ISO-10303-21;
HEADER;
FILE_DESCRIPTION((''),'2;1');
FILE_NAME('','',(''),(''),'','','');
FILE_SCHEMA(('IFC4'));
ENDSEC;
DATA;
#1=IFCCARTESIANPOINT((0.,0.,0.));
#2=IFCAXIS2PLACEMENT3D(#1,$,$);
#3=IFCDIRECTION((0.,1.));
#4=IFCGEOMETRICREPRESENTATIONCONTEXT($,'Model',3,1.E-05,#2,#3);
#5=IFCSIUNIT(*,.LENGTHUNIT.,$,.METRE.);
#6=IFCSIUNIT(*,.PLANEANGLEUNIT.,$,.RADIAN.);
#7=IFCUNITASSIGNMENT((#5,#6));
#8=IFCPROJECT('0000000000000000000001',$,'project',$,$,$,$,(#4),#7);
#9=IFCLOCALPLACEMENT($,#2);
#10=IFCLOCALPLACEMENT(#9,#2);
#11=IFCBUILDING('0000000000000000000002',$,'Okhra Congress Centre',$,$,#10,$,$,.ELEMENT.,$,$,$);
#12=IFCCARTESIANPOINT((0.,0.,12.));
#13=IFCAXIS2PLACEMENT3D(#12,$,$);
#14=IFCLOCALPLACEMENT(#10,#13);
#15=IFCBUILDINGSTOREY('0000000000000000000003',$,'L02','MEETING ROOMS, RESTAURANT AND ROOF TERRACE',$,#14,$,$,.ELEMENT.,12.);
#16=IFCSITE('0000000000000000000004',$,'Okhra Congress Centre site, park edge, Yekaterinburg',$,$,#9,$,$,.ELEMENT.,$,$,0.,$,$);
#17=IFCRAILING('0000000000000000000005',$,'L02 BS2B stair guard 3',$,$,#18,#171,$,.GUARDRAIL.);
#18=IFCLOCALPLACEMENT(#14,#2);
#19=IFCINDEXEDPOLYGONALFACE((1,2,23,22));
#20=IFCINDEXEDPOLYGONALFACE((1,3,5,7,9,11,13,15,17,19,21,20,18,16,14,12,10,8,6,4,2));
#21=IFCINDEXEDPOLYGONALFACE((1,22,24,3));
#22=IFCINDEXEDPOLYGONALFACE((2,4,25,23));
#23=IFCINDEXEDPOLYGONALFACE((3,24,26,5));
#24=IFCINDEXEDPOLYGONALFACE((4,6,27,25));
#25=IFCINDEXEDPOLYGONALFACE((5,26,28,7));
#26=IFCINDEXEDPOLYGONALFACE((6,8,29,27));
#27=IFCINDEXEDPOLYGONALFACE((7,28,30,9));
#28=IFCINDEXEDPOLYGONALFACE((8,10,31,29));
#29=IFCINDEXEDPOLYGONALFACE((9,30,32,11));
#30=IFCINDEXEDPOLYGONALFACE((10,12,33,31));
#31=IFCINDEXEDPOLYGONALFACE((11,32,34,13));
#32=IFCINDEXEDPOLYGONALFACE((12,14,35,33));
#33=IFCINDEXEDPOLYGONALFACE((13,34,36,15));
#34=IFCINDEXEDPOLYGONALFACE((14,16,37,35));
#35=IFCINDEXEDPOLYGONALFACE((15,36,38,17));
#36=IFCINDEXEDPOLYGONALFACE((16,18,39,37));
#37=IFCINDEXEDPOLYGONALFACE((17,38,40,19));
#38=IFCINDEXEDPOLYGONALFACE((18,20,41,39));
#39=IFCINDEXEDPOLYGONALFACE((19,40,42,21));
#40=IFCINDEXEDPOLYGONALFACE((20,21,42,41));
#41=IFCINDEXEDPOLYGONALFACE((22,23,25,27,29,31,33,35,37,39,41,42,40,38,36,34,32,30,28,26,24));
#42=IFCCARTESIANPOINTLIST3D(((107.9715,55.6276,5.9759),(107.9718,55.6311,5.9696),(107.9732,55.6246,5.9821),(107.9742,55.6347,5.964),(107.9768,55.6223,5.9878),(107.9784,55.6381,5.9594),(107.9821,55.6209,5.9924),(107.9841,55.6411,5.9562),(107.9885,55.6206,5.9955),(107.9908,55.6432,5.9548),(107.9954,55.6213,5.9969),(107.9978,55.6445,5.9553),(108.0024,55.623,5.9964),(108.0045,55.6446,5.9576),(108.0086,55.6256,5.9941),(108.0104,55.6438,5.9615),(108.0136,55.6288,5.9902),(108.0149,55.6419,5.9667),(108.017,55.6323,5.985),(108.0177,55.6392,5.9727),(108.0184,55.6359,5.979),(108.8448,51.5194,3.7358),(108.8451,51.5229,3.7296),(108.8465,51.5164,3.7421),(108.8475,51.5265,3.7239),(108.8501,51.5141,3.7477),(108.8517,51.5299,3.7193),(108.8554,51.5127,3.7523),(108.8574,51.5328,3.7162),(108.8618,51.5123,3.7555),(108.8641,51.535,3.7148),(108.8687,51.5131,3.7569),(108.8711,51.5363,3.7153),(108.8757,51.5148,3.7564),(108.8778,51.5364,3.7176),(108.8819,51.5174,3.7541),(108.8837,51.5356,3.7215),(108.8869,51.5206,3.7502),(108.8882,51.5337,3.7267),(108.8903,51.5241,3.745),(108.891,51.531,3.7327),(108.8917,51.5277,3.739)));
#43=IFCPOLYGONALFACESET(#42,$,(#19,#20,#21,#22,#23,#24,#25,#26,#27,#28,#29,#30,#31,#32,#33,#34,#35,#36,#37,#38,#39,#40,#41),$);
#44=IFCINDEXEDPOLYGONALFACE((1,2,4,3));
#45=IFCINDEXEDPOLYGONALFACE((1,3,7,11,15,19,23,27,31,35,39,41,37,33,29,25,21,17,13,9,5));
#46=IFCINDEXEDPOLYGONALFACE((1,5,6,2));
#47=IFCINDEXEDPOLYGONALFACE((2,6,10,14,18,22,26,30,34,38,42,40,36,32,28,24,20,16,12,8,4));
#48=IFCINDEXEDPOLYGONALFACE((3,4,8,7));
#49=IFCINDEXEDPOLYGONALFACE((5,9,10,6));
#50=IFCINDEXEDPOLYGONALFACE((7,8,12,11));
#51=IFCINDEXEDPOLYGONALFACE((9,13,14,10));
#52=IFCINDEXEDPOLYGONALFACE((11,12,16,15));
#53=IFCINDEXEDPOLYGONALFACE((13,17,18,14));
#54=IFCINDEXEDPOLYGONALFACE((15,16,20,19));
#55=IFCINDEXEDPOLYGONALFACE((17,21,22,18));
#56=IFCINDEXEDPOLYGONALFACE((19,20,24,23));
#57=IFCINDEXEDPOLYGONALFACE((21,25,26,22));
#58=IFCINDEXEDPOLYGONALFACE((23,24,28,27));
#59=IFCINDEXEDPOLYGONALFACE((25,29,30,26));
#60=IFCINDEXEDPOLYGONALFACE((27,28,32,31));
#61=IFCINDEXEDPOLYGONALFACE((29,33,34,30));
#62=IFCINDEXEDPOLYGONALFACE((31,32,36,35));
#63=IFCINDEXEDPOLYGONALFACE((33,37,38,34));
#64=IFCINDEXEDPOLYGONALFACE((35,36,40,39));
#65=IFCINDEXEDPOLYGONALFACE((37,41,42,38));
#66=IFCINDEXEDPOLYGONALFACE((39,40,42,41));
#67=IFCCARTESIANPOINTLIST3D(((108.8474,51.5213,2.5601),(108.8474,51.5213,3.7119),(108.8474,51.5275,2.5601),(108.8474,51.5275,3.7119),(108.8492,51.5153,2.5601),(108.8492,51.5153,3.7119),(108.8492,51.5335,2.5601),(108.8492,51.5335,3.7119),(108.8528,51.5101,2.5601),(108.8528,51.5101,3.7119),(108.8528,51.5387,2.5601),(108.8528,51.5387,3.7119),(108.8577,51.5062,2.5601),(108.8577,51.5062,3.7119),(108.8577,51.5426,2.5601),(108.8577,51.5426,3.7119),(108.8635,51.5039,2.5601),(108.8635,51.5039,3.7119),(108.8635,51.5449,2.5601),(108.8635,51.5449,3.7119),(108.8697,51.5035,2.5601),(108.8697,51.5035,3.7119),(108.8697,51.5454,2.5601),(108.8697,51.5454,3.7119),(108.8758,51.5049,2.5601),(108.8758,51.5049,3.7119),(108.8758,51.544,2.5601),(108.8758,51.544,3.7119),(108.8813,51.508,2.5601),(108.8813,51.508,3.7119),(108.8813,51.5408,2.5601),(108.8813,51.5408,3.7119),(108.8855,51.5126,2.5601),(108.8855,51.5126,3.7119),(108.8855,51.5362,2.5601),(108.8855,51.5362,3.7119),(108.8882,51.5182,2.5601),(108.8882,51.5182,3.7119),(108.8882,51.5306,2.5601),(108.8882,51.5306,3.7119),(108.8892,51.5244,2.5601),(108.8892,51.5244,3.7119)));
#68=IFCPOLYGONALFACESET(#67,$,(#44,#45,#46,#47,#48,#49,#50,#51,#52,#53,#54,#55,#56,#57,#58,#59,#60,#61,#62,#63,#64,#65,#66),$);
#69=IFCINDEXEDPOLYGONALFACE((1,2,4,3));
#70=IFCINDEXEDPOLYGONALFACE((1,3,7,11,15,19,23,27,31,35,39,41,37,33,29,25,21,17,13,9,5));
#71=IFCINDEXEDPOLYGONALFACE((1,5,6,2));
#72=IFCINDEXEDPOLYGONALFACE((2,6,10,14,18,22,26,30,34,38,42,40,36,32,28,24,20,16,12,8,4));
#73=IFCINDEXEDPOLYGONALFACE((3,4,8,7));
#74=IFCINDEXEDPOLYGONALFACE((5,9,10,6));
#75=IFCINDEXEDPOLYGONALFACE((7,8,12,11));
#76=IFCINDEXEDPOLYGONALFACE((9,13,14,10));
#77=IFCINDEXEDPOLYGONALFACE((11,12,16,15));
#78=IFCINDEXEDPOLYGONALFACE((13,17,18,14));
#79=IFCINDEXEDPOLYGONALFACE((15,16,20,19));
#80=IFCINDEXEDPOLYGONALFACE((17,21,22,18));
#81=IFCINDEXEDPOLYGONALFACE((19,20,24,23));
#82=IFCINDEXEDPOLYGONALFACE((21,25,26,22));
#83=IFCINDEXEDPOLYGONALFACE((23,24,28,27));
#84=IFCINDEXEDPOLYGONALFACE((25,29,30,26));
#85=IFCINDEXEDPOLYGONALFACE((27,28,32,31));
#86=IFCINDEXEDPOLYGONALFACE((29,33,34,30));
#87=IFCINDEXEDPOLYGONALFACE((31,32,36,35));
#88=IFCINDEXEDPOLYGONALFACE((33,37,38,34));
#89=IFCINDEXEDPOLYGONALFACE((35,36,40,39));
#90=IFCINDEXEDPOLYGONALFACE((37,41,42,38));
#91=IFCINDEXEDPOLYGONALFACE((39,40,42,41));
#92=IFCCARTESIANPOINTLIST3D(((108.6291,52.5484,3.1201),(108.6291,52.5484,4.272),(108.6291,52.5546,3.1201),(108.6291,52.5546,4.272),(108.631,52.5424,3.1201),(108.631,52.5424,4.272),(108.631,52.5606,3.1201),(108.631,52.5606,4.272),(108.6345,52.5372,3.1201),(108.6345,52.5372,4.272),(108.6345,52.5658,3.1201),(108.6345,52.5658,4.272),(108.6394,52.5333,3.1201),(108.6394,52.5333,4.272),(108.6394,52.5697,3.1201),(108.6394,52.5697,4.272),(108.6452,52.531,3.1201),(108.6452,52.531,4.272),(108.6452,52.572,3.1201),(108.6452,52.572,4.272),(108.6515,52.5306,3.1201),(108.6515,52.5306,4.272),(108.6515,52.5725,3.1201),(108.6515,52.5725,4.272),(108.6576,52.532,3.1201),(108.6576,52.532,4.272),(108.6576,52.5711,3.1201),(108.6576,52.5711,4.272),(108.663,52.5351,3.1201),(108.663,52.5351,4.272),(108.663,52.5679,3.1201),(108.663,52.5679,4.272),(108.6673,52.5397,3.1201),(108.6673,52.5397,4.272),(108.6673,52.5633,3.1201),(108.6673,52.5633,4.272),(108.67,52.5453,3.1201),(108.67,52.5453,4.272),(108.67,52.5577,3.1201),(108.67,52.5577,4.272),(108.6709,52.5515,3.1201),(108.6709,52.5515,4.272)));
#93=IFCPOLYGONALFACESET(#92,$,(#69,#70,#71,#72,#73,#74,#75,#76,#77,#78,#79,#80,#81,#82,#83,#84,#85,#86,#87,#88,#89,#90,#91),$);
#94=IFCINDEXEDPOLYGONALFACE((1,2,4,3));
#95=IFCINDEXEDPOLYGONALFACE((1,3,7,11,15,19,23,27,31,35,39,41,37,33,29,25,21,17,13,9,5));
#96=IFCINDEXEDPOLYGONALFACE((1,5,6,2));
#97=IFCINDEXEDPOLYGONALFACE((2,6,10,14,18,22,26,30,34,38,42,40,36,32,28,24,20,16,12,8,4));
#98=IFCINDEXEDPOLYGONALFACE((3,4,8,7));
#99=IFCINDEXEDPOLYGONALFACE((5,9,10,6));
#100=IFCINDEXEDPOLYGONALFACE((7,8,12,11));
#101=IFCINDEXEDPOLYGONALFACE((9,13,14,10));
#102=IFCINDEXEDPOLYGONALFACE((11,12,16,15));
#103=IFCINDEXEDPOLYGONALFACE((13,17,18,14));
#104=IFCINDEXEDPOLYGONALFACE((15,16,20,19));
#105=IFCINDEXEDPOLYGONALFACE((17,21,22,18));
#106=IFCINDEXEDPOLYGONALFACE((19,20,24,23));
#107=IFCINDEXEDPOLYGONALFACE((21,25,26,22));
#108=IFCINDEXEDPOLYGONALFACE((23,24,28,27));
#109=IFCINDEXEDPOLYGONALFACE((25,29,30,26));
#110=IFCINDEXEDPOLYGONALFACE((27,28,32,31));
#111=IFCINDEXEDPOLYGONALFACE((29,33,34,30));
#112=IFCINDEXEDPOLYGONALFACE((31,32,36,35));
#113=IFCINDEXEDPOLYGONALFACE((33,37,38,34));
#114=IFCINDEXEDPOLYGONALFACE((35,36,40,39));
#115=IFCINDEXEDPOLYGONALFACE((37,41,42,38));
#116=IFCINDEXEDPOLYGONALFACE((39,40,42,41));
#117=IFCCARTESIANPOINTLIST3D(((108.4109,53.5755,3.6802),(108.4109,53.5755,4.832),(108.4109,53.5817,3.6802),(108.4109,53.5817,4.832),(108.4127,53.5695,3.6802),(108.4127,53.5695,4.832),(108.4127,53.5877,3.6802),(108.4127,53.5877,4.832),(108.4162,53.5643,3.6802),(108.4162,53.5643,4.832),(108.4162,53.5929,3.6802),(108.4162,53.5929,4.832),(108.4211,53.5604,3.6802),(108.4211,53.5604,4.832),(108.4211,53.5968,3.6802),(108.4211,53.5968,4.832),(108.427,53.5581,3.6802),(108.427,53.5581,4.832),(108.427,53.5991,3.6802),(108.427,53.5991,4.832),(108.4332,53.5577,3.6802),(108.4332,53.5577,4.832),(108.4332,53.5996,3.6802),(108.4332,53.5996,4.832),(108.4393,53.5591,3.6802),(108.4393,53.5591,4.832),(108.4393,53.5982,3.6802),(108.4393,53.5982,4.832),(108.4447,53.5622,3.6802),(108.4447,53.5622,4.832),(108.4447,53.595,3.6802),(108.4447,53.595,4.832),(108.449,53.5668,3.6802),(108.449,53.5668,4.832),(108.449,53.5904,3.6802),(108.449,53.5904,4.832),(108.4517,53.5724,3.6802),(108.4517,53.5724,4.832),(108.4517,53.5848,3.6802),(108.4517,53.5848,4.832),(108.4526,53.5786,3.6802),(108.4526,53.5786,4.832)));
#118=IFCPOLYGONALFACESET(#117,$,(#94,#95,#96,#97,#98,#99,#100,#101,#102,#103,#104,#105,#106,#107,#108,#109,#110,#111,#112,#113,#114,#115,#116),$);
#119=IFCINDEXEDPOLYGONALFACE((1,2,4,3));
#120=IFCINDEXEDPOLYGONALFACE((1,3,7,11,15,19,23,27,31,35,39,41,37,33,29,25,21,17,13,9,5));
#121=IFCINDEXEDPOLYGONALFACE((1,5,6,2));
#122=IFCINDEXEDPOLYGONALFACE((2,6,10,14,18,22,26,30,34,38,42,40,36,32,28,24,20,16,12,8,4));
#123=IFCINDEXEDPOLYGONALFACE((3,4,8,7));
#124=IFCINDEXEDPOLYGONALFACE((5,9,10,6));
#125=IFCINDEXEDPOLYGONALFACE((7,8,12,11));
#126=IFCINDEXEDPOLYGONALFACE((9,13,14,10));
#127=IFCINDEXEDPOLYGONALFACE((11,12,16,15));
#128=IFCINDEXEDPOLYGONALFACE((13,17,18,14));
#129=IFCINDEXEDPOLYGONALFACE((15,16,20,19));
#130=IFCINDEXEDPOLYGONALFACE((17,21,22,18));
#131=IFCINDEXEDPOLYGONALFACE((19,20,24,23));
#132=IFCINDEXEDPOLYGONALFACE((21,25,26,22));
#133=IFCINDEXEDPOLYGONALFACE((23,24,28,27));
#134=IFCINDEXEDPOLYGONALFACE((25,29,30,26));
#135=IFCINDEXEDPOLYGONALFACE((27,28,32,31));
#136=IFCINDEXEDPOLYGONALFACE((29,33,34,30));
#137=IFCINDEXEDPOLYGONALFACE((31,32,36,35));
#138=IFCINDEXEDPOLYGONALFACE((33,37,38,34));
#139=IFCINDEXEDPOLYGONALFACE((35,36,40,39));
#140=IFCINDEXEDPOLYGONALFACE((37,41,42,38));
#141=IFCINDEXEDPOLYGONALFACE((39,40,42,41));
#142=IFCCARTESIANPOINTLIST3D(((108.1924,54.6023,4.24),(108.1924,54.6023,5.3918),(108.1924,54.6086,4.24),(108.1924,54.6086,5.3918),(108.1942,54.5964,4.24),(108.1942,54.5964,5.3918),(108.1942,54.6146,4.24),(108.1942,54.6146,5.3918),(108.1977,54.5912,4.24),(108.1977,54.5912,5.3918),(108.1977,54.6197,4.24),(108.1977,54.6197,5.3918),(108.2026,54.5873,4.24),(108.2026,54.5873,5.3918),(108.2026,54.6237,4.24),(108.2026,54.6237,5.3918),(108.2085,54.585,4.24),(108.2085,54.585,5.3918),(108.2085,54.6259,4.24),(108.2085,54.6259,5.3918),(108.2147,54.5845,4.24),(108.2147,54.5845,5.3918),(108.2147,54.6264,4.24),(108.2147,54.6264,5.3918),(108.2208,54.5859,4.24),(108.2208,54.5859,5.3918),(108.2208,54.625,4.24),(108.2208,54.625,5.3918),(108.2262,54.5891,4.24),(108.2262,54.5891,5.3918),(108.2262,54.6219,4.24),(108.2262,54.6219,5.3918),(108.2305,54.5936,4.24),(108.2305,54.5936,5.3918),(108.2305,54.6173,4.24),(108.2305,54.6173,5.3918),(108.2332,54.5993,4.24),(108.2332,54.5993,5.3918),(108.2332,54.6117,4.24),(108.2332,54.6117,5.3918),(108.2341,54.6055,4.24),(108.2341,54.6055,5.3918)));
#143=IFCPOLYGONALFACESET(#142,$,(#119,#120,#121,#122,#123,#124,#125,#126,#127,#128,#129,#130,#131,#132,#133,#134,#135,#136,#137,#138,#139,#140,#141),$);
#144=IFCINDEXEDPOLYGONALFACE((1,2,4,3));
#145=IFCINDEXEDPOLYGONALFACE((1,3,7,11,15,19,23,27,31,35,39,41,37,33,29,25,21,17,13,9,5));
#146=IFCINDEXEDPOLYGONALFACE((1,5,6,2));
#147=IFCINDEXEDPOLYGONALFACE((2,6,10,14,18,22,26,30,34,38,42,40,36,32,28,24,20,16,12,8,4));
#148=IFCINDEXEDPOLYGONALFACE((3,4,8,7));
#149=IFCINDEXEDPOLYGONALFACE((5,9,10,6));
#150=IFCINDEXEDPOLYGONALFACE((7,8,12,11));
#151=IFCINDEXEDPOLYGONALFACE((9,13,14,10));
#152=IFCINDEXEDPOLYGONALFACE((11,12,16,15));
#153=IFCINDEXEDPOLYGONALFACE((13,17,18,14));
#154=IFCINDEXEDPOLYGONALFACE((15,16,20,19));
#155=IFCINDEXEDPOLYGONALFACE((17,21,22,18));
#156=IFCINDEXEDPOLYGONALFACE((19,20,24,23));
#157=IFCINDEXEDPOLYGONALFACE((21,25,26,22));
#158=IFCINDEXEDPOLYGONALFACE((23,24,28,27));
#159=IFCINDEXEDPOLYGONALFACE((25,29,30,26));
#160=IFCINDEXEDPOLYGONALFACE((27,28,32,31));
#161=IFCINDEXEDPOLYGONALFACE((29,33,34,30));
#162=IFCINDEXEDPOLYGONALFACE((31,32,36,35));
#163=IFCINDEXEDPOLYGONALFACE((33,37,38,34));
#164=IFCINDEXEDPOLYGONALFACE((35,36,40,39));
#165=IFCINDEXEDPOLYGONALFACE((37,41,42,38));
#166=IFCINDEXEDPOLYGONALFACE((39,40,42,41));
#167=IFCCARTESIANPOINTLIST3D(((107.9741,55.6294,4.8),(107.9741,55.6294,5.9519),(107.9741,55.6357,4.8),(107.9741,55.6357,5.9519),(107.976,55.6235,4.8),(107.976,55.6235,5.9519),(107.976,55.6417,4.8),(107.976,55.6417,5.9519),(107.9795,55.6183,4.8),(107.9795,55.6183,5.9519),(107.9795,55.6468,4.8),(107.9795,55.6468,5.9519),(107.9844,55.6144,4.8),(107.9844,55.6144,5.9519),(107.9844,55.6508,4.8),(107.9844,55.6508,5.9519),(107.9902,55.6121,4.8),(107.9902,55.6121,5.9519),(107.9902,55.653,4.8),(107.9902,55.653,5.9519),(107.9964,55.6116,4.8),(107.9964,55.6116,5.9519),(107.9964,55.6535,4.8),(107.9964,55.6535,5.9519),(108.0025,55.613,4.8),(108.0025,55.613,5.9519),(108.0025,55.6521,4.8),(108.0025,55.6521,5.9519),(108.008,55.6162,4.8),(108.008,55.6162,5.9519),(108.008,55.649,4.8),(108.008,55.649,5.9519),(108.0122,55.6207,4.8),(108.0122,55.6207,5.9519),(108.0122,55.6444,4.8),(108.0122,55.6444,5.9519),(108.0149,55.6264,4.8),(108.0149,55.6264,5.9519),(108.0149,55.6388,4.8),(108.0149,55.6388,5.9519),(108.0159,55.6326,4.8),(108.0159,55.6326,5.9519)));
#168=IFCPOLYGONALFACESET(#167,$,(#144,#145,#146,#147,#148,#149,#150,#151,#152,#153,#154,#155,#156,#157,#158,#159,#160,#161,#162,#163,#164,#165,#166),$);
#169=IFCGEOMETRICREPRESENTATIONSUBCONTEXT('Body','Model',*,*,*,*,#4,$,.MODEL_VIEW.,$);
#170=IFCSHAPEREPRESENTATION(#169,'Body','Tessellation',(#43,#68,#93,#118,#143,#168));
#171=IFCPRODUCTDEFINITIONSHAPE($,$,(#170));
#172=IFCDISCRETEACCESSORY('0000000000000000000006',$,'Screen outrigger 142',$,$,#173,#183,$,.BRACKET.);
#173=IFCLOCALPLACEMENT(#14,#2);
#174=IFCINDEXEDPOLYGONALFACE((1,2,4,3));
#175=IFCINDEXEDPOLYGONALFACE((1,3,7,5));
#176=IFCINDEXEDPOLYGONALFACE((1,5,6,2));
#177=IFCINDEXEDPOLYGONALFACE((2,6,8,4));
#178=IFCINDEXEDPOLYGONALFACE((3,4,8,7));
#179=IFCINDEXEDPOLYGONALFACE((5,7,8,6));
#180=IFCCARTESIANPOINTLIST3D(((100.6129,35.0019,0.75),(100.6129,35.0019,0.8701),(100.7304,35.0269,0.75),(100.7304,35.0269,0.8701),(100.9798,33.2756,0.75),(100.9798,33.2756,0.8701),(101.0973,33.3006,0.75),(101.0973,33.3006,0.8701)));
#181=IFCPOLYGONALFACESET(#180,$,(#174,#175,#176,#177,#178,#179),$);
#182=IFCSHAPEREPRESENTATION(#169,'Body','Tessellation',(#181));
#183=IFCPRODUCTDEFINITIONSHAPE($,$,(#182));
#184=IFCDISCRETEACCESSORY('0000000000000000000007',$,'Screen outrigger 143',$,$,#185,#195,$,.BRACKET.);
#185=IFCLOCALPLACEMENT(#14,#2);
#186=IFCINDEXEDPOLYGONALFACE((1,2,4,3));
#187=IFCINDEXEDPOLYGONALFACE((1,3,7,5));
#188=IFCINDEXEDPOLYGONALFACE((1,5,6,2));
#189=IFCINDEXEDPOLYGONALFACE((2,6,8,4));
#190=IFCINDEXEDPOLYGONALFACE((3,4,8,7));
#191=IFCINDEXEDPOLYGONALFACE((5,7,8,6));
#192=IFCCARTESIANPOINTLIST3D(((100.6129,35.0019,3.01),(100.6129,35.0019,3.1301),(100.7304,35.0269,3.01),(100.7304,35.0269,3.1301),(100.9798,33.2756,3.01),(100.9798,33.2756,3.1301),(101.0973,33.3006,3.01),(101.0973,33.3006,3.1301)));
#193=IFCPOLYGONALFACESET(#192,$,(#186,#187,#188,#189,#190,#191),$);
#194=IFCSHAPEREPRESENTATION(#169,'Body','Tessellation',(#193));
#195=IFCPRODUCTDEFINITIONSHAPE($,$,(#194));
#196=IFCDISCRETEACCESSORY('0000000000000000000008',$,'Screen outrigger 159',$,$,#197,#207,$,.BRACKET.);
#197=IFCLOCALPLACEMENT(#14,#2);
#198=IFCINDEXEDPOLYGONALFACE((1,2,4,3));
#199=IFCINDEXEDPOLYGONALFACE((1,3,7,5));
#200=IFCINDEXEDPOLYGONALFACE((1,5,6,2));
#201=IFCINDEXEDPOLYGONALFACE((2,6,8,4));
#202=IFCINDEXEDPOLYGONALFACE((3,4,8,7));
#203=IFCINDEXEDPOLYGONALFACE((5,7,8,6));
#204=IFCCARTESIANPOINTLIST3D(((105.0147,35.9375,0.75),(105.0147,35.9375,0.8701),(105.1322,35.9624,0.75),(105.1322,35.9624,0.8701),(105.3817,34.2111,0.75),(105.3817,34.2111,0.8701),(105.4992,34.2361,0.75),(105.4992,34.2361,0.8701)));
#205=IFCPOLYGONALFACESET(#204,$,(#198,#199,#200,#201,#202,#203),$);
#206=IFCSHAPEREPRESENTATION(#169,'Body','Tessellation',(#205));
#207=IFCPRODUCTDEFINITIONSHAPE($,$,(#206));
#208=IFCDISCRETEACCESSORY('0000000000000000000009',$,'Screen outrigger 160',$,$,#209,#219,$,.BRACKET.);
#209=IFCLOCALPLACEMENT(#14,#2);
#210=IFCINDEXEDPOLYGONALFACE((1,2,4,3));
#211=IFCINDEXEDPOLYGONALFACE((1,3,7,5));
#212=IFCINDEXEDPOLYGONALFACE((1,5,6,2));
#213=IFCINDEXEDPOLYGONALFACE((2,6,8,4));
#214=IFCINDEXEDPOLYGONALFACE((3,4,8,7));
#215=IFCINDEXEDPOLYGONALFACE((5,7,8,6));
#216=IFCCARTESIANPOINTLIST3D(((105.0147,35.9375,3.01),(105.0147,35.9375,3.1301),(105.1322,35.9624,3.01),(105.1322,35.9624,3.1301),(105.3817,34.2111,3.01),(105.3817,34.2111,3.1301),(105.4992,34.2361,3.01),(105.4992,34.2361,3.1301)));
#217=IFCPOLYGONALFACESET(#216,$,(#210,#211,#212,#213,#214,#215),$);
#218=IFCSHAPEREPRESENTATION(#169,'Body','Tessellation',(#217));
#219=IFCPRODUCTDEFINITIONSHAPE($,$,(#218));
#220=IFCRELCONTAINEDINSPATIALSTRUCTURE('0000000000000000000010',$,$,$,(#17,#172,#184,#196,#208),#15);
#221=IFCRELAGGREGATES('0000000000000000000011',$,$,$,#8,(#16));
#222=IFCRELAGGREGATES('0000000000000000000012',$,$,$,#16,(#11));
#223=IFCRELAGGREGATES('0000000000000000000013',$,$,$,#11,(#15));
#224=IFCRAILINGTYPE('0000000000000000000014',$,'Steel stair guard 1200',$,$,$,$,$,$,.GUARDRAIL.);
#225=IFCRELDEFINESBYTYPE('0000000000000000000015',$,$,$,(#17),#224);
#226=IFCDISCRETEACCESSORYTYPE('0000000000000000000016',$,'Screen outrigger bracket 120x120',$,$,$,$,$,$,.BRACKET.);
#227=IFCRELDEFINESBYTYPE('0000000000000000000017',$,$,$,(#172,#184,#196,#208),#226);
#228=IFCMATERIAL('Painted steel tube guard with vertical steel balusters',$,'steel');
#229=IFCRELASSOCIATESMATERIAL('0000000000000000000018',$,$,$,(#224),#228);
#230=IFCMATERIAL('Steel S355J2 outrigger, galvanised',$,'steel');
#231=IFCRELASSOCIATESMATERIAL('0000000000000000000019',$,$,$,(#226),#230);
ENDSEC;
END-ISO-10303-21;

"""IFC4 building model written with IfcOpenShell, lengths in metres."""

from ifc_helpers import new_model, si_unit, direction, frame, origin, origin_2d, place, context, subcontext, project, spatial, rectangle, circle, extrude, material, material_profile, profile_set, type_object, element, save


model = new_model("IFC4")

# Units and contexts
model_context = context("Model", 3, precision=1e-05, world=origin(), true_north=direction((0.0, 1.0)))
body_context = subcontext(model_context, "Body", "Model", "MODEL_VIEW")
ifc_project = project(units=[si_unit("LENGTHUNIT", "METRE"), si_unit("PLANEANGLEUNIT", "RADIAN")], contexts=[model_context])

# Site, building, storey
site_placement = place(None, origin())
site = spatial("IfcSite", under=ifc_project, at=site_placement, Name="Okhra Congress Centre site, park edge, Yekaterinburg", CompositionType="ELEMENT", RefElevation=0.0)
building_placement = place(site_placement, origin())
building = spatial("IfcBuilding", under=site, at=building_placement, Name="Okhra Congress Centre", CompositionType="ELEMENT")
storey_placement = place(building_placement, frame((0.0, 0.0, 12.0)))
storey = spatial("IfcBuildingStorey", under=building, at=storey_placement, Name="L02", Description="MEETING ROOMS, RESTAURANT AND ROOF TERRACE", CompositionType="ELEMENT", Elevation=12.0)

# Railing
ifc_material_1 = material(Name="Painted steel tube guard with vertical steel balusters", Category="steel")
railing_type_1 = type_object("IfcRailingType", Name="Steel stair guard 1200", PredefinedType="GUARDRAIL", material=ifc_material_1)
railing_1_placement = place(storey_placement, frame((108.8682, 51.5244, 2.5601)))
element("IfcRailing", 1, at=railing_1_placement, inside=storey, type_object=railing_type_1, Name="L02 BS2B stair guard 3", PredefinedType="GUARDRAIL", context=body_context, shape_type="SweptSolid", body=[
    extrude(circle(Radius=0.0239, at=origin_2d()), frame((0.0, 0.0, 1.1758), z_axis=(-0.183466, 0.863067, 0.470591), x_axis=(-0.978144, -0.207929, 0.0)), (0.0, 0.0, 1.0), 4.76),
    extrude(circle(Radius=0.021, at=origin_2d()), origin(), (0.0, 0.0, 1.0), 1.1519),
    extrude(circle(Radius=0.021, at=origin_2d()), frame((-0.2183, 1.0271, 0.5601)), (0.0, 0.0, 1.0), 1.1519),
    extrude(circle(Radius=0.021, at=origin_2d()), frame((-0.4365, 2.0542, 1.1201)), (0.0, 0.0, 1.0), 1.1519),
    extrude(circle(Radius=0.021, at=origin_2d()), frame((-0.655, 3.0811, 1.6799)), (0.0, 0.0, 1.0), 1.1519),
    extrude(circle(Radius=0.021, at=origin_2d()), frame((-0.8733, 4.1082, 2.24)), (0.0, 0.0, 1.0), 1.1519),
])

# Discrete accessories
ifc_material_2 = material(Name="Steel S355J2 outrigger, galvanised", Category="steel")
ifc_material_profile_1 = material_profile(ifc_material_2, rectangle(XDim=0.1201, YDim=0.1201, at=origin_2d()), Name="Screen outrigger bracket 120x120")
ifc_profile_set_1 = profile_set([ifc_material_profile_1], Name="Steel S355J2 outrigger, galvanised")
discrete_accessory_type = type_object("IfcDiscreteAccessoryType", Name="Screen outrigger bracket 120x120", PredefinedType="BRACKET", material=ifc_profile_set_1)
for number, where, z_axis, x_axis, name in (
    (2, (100.6716, 35.0144, 0.8101), (0.207913, -0.978147, 0.0), (0.978147, 0.207913, 0.0), "Screen outrigger 142"),
    (3, (100.6716, 35.0144, 3.0701), (0.207913, -0.978147, 0.0), (0.978147, 0.207913, 0.0), "Screen outrigger 143"),
    (4, (105.0735, 35.95, 0.8101), (0.207913, -0.978147, 0.0), (0.978147, 0.207913, 0.0), "Screen outrigger 159"),
    (5, (105.0735, 35.95, 3.0701), (0.207913, -0.978147, 0.0), (0.978147, 0.207913, 0.0), "Screen outrigger 160"),
):
    element("IfcDiscreteAccessory", number, at=place(storey_placement, frame(where, z_axis=z_axis, x_axis=x_axis)), inside=storey, type_object=discrete_accessory_type, Name=name, PredefinedType="BRACKET", context=body_context, shape_type="SweptSolid", body=[
        extrude(rectangle(XDim=0.1201, YDim=0.1201, at=origin_2d()), origin(), (0.0, 0.0, 1.0), 1.7649),
    ])

save(model, "model.ifc")
